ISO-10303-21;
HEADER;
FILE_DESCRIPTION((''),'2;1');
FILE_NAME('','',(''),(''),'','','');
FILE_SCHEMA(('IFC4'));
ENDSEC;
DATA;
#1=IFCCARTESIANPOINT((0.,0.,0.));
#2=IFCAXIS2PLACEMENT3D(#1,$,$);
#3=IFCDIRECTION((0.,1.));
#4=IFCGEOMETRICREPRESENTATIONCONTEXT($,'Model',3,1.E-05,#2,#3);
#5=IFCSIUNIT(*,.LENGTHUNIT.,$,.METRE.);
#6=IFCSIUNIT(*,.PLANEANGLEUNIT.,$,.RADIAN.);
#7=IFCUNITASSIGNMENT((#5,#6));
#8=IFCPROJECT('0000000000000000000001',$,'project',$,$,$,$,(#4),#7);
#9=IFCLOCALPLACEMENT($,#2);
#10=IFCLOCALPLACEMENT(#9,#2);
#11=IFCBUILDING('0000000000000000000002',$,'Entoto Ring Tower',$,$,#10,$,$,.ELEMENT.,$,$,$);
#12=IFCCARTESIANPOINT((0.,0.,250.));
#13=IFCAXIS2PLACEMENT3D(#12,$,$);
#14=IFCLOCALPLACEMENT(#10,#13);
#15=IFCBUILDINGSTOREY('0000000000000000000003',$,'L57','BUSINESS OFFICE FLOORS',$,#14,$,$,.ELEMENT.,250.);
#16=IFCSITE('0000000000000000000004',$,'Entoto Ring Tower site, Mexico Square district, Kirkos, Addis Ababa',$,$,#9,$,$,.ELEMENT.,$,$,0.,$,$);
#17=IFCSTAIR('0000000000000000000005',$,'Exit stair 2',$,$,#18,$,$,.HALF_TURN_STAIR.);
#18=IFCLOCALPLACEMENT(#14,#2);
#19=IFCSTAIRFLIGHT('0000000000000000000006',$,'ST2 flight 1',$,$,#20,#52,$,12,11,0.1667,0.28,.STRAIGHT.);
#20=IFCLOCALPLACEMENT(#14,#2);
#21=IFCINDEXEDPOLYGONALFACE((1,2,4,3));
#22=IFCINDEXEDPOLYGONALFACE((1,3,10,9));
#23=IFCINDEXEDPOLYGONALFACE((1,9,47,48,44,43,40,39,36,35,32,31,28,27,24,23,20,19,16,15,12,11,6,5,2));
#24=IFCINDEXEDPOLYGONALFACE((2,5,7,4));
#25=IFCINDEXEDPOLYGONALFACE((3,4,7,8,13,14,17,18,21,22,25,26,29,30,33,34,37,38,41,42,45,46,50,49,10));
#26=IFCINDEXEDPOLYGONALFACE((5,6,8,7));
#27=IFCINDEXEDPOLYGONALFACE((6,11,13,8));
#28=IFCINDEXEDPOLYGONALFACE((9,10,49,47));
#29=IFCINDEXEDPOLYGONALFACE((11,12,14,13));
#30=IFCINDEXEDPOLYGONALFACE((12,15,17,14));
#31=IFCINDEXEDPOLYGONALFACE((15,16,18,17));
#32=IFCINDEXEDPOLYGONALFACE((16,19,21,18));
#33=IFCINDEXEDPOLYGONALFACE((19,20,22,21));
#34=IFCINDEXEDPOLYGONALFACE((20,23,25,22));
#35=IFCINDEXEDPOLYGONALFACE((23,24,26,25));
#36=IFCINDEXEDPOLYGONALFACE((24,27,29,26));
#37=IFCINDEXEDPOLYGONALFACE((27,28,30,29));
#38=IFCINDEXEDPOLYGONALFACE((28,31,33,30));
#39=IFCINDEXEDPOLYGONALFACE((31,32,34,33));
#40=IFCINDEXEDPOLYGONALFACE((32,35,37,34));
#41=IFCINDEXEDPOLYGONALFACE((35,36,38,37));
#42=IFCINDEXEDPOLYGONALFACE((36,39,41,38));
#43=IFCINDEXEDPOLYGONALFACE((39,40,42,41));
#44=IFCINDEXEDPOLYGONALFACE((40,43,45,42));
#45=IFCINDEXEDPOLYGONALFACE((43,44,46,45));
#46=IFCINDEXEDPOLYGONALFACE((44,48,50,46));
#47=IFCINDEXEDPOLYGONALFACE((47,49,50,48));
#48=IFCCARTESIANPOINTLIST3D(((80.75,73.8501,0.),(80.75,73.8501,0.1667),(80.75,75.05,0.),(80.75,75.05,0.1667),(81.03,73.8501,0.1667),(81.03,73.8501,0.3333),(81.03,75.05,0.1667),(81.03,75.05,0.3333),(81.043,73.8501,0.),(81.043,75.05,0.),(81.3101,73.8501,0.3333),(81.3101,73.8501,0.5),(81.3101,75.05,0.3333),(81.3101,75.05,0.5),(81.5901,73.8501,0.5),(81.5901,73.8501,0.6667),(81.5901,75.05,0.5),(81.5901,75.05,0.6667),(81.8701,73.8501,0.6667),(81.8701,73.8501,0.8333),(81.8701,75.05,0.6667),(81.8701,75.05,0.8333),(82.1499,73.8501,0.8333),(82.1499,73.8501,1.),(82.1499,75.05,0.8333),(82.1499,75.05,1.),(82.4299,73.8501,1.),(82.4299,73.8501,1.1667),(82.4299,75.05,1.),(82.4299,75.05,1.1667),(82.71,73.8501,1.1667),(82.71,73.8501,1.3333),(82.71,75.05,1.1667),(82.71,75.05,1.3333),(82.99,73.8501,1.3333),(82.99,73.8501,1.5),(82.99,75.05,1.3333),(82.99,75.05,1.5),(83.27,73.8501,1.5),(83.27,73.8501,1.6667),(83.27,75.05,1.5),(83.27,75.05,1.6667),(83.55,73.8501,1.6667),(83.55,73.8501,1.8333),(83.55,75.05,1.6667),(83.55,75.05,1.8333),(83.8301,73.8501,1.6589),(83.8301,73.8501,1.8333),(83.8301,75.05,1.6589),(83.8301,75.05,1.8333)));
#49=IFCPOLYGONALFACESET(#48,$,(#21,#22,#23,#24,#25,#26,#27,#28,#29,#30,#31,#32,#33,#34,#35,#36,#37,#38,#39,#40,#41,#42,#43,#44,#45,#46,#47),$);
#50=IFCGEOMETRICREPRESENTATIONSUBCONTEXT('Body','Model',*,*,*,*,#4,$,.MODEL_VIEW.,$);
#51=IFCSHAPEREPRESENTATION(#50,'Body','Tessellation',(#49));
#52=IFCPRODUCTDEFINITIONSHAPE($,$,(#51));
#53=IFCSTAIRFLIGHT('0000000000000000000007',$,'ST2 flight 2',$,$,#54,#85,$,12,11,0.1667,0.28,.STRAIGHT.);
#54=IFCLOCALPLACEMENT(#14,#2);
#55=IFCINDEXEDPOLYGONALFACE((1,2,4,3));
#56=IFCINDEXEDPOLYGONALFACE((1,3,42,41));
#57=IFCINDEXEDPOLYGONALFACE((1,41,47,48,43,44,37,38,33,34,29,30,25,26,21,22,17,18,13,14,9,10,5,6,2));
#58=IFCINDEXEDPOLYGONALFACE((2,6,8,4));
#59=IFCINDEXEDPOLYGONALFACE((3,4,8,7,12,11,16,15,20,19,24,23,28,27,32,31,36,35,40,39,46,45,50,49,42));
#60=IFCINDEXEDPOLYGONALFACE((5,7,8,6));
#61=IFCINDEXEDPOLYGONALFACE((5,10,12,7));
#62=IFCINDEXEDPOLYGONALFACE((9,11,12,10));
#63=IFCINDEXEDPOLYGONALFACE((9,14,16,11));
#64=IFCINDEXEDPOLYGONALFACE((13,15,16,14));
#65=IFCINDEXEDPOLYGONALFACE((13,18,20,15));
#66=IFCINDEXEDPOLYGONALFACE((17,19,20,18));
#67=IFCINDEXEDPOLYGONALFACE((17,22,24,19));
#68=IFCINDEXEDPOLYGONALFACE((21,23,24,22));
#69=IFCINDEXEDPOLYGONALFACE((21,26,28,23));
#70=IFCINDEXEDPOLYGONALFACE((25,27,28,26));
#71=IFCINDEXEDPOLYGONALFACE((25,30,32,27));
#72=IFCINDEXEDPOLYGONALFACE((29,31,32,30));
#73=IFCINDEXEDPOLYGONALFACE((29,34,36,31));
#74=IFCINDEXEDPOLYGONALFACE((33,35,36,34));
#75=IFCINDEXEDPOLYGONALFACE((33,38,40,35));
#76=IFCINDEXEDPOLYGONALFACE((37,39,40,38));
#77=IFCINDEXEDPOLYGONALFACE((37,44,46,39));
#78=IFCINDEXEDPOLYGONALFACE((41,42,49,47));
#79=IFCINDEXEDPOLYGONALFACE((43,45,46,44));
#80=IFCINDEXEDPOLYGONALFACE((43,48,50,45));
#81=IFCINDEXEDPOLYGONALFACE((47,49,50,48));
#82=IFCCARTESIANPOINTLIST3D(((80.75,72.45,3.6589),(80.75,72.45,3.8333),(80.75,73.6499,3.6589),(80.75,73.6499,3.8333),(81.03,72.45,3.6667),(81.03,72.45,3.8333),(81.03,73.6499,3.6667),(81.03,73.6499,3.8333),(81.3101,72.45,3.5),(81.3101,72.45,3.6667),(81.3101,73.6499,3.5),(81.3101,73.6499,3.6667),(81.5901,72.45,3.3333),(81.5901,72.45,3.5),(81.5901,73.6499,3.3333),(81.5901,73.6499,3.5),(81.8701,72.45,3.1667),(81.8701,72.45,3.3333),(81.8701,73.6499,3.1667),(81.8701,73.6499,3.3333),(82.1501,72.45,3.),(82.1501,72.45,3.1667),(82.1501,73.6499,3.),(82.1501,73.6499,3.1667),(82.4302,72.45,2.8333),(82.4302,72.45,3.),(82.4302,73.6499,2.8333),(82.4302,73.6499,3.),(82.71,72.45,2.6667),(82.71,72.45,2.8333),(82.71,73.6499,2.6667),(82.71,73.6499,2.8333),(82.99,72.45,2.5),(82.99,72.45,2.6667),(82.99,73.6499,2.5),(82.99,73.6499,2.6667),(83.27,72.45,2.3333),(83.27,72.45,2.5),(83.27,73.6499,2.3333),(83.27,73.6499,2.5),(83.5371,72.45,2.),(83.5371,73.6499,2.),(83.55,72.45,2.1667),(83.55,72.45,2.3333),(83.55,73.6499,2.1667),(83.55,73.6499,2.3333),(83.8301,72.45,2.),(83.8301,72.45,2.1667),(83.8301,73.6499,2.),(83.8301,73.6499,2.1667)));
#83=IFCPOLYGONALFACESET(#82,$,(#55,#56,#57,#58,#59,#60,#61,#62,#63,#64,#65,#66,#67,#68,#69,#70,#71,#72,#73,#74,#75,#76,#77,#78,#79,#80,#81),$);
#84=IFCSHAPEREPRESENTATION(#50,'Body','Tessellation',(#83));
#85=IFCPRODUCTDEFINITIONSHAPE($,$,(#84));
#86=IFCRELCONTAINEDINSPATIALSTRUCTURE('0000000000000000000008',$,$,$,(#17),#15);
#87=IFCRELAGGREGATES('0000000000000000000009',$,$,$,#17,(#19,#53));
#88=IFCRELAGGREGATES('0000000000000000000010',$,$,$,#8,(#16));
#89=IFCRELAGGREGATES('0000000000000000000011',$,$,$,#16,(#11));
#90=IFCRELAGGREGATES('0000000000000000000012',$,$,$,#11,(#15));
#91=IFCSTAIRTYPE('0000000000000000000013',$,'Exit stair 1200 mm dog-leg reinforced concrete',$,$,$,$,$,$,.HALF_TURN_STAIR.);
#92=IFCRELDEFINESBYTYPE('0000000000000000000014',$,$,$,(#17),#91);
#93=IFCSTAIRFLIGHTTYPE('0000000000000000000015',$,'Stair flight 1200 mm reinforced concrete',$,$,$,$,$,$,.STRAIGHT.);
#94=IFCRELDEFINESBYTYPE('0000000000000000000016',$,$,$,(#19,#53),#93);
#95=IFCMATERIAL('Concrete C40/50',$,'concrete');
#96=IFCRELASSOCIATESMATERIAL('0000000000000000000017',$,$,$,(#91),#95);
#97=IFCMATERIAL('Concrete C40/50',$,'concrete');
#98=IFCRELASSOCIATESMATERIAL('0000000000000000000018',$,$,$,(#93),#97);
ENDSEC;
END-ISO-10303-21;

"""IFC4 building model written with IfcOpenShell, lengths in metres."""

from ifc_helpers import new_model, si_unit, direction, frame, origin, place, context, subcontext, project, spatial, polyline, outline, extrude, material, type_object, element, aggregate, save


model = new_model("IFC4")

# Units and contexts
model_context = context("Model", 3, precision=1e-05, world=origin(), true_north=direction((0.0, 1.0)))
body_context = subcontext(model_context, "Body", "Model", "MODEL_VIEW")
ifc_project = project(units=[si_unit("LENGTHUNIT", "METRE"), si_unit("PLANEANGLEUNIT", "RADIAN")], contexts=[model_context])

# Site, building, storey
site_placement = place(None, origin())
site = spatial("IfcSite", under=ifc_project, at=site_placement, Name="Entoto Ring Tower site, Mexico Square district, Kirkos, Addis Ababa", CompositionType="ELEMENT", RefElevation=0.0)
building_placement = place(site_placement, origin())
building = spatial("IfcBuilding", under=site, at=building_placement, Name="Entoto Ring Tower", CompositionType="ELEMENT")
storey_placement = place(building_placement, frame((0.0, 0.0, 250.0)))
storey = spatial("IfcBuildingStorey", under=building, at=storey_placement, Name="L57", Description="BUSINESS OFFICE FLOORS", CompositionType="ELEMENT", Elevation=250.0)

# Stair, stair flights
ifc_material_1 = material(Name="Concrete C40/50", Category="concrete")
stair_type = type_object("IfcStairType", Name="Exit stair 1200 mm dog-leg reinforced concrete", PredefinedType="HALF_TURN_STAIR", material=ifc_material_1)
stair_placement = place(storey_placement, origin())
stair = element("IfcStair", 1, at=stair_placement, inside=storey, type_object=stair_type, Name="Exit stair 2", PredefinedType="HALF_TURN_STAIR")
ifc_material_2 = material(Name="Concrete C40/50", Category="concrete")
stair_flight_type = type_object("IfcStairFlightType", Name="Stair flight 1200 mm reinforced concrete", PredefinedType="STRAIGHT", material=ifc_material_2)
stair_flight_1_placement = place(storey_placement, frame((80.75, 74.45, 0.0), z_axis=(0.0, 0.0, 1.0), x_axis=(1.0, 0.0, 0.0)))
stair_flight_1 = element("IfcStairFlight", 2, at=stair_flight_1_placement, type_object=stair_flight_type, Name="ST2 flight 1", NumberOfRisers=12, NumberOfTreads=11, PredefinedType="STRAIGHT", RiserHeight=0.1667, TreadLength=0.28, context=body_context, shape_type="SweptSolid", body=[
    extrude(outline(polyline([(0.0, 0.0), (0.0, 0.1667), (0.28, 0.1667), (0.28, 0.3333), (0.5601, 0.3333), (0.5601, 0.5), (0.8401, 0.5), (0.8401, 0.6667), (1.1201, 0.6667), (1.1201, 0.8333), (1.3999, 0.8333), (1.3999, 1.0), (1.6799, 1.0), (1.6799, 1.1667), (1.96, 1.1667), (1.96, 1.3333), (2.24, 1.3333), (2.24, 1.5), (2.52, 1.5), (2.52, 1.6667), (2.8, 1.6667), (2.8, 1.8333), (3.0801, 1.8333), (3.0801, 2.0), (3.0801, 1.6589), (0.293, 0.0), (0.0, 0.0)])), frame((0.0, 0.6001, 0.0), z_axis=(0.0, -1.0, 0.0), x_axis=(1.0, 0.0, 0.0)), (0.0, 0.0, 1.0), 1.2),
])
stair_flight_2_placement = place(storey_placement, frame((83.8301, 73.05, 2.0), z_axis=(0.0, 0.0, 1.0), x_axis=(-1.0, 0.0, 0.0)))
stair_flight_2 = element("IfcStairFlight", 3, at=stair_flight_2_placement, type_object=stair_flight_type, Name="ST2 flight 2", NumberOfRisers=12, NumberOfTreads=11, PredefinedType="STRAIGHT", RiserHeight=0.1667, TreadLength=0.28, context=body_context, shape_type="SweptSolid", body=[
    extrude(outline(polyline([(0.0, 0.0), (0.0, 0.1667), (0.28, 0.1667), (0.28, 0.3333), (0.5601, 0.3333), (0.5601, 0.5), (0.8401, 0.5), (0.8401, 0.6667), (1.1201, 0.6667), (1.1201, 0.8333), (1.3999, 0.8333), (1.3999, 1.0), (1.6799, 1.0), (1.6799, 1.1667), (1.96, 1.1667), (1.96, 1.3333), (2.24, 1.3333), (2.24, 1.5), (2.52, 1.5), (2.52, 1.6667), (2.8, 1.6667), (2.8, 1.8333), (3.0801, 1.8333), (3.0801, 2.0), (3.0801, 1.6589), (0.293, 0.0), (0.0, 0.0)])), frame((0.0, 0.6001, 0.0), z_axis=(0.0, -1.0, 0.0), x_axis=(1.0, 0.0, 0.0)), (0.0, 0.0, 1.0), 1.2),
])
aggregate(stair, [stair_flight_1, stair_flight_2])

save(model, "model.ifc")
